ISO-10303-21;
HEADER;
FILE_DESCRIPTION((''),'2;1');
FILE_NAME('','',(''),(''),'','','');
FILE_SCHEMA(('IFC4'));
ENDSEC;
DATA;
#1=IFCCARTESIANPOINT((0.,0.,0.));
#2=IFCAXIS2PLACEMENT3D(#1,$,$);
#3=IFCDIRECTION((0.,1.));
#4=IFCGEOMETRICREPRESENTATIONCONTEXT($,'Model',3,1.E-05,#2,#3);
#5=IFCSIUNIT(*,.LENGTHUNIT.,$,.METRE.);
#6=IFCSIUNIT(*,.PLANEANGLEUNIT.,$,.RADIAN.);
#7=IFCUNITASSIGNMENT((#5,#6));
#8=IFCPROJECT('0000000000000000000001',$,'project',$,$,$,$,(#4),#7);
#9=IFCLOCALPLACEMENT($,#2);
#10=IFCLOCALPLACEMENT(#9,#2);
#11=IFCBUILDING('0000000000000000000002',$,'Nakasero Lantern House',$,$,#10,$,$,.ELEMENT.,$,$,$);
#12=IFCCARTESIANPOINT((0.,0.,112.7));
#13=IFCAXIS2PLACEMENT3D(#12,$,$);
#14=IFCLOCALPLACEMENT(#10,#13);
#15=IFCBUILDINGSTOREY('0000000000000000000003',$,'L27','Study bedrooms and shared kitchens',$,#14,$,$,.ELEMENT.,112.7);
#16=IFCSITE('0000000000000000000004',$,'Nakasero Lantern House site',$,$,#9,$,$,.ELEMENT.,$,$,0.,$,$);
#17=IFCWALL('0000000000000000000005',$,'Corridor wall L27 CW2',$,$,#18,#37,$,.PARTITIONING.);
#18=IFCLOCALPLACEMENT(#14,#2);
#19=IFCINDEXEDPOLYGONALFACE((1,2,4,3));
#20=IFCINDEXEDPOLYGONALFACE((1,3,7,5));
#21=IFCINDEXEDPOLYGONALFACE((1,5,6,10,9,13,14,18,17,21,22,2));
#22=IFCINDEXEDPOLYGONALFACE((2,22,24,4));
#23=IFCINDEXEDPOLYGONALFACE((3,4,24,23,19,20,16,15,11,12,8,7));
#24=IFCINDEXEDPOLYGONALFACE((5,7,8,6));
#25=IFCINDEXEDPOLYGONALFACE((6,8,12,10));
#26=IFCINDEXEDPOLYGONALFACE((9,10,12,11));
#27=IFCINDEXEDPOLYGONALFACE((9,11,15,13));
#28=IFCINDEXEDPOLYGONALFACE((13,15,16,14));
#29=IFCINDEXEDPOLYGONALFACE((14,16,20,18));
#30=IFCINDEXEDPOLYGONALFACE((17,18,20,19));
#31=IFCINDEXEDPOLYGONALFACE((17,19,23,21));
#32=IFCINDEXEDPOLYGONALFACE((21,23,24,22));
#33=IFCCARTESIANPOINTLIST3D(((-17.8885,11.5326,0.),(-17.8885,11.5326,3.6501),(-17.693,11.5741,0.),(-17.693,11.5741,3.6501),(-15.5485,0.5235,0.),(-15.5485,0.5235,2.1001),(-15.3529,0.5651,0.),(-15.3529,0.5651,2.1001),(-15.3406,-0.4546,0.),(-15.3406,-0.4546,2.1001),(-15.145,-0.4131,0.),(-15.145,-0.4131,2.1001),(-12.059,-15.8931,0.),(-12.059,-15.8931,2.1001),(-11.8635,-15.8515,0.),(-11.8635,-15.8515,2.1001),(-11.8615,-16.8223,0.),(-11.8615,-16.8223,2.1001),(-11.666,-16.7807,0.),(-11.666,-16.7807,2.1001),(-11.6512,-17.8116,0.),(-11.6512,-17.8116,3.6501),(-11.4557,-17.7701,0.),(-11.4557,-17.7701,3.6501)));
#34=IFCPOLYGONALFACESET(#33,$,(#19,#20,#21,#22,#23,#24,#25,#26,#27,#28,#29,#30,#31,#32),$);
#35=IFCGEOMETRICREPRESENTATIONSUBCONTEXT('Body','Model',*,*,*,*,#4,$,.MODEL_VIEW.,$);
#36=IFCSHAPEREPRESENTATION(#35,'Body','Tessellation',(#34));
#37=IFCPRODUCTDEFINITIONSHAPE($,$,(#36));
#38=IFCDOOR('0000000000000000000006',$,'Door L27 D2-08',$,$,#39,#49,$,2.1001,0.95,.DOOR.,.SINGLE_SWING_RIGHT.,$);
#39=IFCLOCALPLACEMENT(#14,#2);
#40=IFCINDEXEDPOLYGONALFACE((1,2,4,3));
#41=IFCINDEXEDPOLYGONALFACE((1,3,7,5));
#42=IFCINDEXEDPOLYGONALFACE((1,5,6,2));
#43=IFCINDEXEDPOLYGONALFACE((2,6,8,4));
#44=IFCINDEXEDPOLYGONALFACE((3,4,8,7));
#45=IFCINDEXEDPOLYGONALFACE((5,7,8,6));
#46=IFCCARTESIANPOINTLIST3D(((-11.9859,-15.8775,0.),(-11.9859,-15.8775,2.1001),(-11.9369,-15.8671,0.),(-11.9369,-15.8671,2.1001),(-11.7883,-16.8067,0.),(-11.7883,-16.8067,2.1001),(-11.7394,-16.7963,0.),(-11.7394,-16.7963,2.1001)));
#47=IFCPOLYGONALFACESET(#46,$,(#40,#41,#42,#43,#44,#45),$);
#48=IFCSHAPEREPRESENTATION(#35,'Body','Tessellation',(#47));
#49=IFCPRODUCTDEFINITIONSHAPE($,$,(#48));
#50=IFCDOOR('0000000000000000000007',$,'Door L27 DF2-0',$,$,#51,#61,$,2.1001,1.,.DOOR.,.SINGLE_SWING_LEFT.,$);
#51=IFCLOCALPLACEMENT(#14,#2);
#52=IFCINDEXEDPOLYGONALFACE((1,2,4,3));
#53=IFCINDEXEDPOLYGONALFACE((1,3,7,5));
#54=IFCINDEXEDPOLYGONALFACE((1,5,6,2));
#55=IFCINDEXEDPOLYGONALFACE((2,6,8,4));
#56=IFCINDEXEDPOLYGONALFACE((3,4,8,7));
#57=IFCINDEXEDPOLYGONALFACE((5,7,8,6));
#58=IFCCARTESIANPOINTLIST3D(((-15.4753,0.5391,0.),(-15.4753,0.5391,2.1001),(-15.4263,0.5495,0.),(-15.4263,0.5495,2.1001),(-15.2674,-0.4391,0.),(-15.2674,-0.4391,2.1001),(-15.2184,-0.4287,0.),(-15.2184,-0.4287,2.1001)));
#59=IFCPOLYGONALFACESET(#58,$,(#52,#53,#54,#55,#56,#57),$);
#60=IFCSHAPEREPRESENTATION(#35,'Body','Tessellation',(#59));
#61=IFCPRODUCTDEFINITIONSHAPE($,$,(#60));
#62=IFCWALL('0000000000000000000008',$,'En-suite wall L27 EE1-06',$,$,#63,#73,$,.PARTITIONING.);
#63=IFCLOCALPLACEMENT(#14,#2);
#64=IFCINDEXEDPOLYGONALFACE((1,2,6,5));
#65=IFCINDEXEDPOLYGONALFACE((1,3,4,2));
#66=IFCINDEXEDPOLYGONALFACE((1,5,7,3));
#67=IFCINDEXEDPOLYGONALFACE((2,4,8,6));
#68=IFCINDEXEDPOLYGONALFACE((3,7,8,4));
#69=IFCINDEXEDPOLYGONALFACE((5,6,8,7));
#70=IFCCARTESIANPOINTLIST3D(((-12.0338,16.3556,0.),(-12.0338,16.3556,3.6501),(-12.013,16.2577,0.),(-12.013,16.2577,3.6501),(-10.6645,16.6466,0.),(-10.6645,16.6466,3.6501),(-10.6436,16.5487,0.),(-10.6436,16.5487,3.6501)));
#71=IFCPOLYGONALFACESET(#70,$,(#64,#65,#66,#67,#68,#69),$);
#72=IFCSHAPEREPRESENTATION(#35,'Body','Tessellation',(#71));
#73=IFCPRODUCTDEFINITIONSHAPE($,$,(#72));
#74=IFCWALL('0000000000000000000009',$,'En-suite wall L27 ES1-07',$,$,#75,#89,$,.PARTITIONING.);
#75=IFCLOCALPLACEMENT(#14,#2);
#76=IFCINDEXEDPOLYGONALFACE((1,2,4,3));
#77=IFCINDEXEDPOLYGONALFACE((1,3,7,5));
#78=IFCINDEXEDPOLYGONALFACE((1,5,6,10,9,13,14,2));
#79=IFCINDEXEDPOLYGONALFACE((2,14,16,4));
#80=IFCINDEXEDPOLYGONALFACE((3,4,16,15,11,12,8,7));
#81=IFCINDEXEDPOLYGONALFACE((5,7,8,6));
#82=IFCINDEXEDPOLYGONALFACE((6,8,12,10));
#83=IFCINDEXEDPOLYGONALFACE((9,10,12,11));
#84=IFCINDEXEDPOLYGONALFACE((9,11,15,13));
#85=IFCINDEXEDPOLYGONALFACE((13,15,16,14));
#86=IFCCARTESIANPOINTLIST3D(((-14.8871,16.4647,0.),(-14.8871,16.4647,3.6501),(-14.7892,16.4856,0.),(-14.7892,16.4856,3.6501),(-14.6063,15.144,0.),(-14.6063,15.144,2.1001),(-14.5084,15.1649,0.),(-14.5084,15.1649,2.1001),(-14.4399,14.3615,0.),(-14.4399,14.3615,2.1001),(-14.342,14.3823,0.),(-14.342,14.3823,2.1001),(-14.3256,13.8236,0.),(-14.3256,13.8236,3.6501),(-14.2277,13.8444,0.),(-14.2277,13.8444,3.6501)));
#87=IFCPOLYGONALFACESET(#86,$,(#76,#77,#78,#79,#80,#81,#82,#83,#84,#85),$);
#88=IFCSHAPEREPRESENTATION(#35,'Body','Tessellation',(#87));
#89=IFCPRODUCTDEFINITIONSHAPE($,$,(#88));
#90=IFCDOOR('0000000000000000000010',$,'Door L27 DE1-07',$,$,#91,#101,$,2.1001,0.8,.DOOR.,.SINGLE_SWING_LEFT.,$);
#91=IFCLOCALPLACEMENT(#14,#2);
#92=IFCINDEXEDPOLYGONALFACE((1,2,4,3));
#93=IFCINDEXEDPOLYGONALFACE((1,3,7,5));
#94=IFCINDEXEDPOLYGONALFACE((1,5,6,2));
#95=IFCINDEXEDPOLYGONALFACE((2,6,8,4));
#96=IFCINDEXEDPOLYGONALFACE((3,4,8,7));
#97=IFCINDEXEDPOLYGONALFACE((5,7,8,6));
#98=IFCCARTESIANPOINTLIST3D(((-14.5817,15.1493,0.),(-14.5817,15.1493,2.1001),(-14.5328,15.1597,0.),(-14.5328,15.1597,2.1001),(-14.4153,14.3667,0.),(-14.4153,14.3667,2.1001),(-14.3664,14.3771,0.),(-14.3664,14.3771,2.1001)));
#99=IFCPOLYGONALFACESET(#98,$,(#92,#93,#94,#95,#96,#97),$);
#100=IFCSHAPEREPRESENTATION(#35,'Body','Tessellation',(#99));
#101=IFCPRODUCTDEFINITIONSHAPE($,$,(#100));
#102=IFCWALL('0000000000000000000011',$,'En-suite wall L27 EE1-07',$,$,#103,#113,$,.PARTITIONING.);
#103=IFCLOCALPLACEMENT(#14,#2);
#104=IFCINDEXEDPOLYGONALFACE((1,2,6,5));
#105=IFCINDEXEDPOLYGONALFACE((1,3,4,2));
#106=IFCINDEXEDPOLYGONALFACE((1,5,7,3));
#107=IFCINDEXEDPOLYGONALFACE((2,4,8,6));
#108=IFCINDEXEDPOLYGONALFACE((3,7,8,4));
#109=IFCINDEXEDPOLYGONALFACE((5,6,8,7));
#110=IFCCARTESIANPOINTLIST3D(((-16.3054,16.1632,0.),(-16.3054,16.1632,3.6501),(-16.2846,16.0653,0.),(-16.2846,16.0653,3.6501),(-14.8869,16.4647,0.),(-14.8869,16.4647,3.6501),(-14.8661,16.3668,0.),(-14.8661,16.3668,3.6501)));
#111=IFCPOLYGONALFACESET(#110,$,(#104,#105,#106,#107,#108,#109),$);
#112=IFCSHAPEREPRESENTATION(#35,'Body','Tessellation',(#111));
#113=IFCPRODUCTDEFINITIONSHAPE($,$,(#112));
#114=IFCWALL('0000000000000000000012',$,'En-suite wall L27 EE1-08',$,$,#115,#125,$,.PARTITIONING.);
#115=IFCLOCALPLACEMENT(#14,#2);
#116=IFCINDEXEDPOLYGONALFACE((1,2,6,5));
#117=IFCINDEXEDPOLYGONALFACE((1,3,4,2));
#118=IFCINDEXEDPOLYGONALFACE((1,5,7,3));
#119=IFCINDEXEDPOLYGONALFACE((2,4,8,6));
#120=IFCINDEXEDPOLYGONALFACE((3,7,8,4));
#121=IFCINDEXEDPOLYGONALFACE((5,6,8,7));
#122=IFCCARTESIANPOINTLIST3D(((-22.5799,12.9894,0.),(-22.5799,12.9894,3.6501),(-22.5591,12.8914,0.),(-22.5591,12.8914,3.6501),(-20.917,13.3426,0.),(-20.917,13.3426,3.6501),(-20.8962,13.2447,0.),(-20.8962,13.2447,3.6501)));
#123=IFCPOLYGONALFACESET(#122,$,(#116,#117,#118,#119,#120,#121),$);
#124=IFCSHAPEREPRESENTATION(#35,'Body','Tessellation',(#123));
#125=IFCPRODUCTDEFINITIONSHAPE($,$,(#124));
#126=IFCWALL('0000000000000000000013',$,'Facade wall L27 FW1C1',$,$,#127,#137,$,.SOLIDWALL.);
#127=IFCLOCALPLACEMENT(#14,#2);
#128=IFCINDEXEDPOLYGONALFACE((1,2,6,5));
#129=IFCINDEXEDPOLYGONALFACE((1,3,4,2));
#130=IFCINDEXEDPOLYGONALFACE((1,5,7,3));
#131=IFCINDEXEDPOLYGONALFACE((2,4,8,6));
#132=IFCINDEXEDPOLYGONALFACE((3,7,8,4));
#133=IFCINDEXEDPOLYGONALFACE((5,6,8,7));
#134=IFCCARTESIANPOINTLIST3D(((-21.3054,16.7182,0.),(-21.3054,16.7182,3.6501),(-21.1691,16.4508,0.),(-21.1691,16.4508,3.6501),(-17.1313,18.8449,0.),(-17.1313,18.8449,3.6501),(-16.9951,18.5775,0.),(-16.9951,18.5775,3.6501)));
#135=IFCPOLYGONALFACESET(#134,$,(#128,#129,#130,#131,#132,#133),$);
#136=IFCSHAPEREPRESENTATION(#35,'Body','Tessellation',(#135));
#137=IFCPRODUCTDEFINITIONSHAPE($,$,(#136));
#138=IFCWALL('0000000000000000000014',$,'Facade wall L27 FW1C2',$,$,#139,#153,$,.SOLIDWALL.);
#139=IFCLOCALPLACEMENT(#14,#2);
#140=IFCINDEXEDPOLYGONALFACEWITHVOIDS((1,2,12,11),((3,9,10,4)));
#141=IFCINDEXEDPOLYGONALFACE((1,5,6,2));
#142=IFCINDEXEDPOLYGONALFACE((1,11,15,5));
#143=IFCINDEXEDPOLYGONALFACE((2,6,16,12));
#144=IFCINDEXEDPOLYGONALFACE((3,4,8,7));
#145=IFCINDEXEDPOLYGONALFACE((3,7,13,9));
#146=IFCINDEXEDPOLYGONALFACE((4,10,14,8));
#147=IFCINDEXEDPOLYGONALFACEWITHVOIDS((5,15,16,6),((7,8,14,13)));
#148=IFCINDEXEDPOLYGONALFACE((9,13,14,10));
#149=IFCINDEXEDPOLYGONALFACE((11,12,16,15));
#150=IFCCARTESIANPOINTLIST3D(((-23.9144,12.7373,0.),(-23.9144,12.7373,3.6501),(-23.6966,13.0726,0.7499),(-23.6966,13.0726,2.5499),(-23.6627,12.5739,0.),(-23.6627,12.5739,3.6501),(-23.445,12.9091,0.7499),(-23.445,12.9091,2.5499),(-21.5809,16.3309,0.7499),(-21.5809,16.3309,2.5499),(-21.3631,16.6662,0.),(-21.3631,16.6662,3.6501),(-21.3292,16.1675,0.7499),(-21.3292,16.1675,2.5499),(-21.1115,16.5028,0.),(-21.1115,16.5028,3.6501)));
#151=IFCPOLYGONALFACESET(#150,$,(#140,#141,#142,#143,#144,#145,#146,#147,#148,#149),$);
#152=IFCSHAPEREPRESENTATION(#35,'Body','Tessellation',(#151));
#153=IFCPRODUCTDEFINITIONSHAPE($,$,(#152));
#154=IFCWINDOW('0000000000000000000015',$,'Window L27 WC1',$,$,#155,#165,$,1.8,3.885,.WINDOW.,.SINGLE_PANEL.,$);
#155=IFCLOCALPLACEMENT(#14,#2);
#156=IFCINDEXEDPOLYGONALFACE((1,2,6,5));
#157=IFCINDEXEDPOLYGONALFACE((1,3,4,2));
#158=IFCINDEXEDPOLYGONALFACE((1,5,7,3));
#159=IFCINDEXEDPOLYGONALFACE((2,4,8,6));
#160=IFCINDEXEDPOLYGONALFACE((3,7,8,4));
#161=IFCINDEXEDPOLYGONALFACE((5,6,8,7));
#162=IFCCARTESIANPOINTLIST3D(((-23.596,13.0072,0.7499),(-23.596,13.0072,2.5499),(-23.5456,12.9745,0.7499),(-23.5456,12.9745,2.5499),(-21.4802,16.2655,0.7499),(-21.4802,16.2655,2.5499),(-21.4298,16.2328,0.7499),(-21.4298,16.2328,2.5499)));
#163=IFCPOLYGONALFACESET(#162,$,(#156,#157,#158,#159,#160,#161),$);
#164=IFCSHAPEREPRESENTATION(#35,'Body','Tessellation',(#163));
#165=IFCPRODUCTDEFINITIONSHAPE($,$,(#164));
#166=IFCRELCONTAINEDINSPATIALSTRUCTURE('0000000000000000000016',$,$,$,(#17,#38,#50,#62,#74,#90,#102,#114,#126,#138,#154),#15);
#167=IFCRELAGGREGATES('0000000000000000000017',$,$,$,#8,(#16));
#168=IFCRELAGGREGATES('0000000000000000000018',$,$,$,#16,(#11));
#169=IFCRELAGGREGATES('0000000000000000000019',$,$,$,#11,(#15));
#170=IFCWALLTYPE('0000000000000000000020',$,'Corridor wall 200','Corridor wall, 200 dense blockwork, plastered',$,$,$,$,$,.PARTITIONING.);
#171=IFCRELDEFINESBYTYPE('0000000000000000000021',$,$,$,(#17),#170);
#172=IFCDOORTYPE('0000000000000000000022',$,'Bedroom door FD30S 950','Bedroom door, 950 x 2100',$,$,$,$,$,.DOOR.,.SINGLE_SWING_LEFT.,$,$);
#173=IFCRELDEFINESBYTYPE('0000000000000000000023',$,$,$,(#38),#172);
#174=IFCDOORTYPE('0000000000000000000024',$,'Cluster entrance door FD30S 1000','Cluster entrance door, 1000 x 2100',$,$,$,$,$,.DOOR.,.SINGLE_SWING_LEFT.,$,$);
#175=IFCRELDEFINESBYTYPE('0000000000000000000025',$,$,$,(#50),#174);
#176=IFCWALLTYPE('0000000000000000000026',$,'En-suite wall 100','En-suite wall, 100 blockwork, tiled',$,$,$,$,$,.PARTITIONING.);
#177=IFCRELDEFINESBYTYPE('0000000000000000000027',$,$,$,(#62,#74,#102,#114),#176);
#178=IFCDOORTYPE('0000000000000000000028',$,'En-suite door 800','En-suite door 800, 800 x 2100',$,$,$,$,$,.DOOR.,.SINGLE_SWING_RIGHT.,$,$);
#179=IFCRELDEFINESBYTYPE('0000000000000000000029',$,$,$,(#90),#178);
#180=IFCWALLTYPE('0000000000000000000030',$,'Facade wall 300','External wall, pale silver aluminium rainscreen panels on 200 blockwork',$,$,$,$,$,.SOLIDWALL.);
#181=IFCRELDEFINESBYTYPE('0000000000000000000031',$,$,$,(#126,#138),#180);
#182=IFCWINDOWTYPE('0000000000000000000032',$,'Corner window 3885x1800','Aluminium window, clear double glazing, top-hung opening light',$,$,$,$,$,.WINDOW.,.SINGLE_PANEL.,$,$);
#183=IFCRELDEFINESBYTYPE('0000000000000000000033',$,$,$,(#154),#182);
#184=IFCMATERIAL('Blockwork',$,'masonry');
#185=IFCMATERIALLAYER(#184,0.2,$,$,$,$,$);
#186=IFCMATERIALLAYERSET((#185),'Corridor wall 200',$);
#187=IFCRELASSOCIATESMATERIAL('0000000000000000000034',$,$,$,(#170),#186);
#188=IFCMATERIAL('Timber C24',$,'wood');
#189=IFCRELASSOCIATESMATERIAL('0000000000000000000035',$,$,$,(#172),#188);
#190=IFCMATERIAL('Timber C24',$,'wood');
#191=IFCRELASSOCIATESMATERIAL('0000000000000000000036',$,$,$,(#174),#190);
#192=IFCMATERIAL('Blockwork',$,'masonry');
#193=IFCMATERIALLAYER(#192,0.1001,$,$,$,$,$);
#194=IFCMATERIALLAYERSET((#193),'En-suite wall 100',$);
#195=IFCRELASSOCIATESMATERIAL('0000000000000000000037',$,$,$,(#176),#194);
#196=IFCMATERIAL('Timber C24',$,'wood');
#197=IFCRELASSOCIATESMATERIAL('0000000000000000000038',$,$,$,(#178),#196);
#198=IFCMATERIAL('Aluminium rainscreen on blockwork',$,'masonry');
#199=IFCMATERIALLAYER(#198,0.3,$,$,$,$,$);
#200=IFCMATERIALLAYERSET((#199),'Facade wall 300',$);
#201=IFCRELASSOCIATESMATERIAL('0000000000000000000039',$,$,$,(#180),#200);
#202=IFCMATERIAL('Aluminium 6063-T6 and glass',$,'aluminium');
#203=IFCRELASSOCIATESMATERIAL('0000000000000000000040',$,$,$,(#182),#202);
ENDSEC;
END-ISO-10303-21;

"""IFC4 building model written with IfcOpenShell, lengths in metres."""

from ifc_helpers import new_model, si_unit, direction, frame, frame_2d, origin, place, context, subcontext, project, spatial, rectangle, extrude, material, layer, layer_set, type_object, element, fill, save


model = new_model("IFC4")

# Units and contexts
model_context = context("Model", 3, precision=1e-05, world=origin(), true_north=direction((0.0, 1.0)))
body_context = subcontext(model_context, "Body", "Model", "MODEL_VIEW")
ifc_project = project(units=[si_unit("LENGTHUNIT", "METRE"), si_unit("PLANEANGLEUNIT", "RADIAN")], contexts=[model_context])

# Site, building, storey
site_placement = place(None, origin())
site = spatial("IfcSite", under=ifc_project, at=site_placement, Name="Nakasero Lantern House site", CompositionType="ELEMENT", RefElevation=0.0)
building_placement = place(site_placement, origin())
building = spatial("IfcBuilding", under=site, at=building_placement, Name="Nakasero Lantern House", CompositionType="ELEMENT")
storey_placement = place(building_placement, frame((0.0, 0.0, 112.7)))
storey = spatial("IfcBuildingStorey", under=building, at=storey_placement, Name="L27", Description="Study bedrooms and shared kitchens", CompositionType="ELEMENT", Elevation=112.7)

# Wall, openings, doors
ifc_material_1 = material(Name="Blockwork", Category="masonry")
ifc_layer_1 = layer(ifc_material_1, 0.2)
ifc_layer_set_1 = layer_set([ifc_layer_1], Name="Corridor wall 200")
wall_type_1 = type_object("IfcWallType", Name="Corridor wall 200", Description="Corridor wall, 200 dense blockwork, plastered", PredefinedType="PARTITIONING", material=ifc_layer_set_1)
wall_1_placement = place(storey_placement, frame((-17.7908, 11.5535, 0.0), z_axis=(0.0, 0.0, 1.0), x_axis=(0.207912, -0.978148, 0.0)))
wall_1 = element("IfcWall", 1, at=wall_1_placement, inside=storey, type_object=wall_type_1, Name="Corridor wall L27 CW2", PredefinedType="PARTITIONING", context=body_context, shape_type="SweptSolid", body=[
    extrude(rectangle(XDim=29.9998, YDim=0.2, at=frame_2d((15.0, 0.0))), origin(), (0.0, 0.0, 1.0), 3.6501),
])
opening_1_placement = place(wall_1_placement, frame((11.2551, 0.0, 0.0)))
opening_1 = element("IfcOpeningElement", 2, at=opening_1_placement, cuts=wall_1, PredefinedType="OPENING", context=body_context, shape_type="SweptSolid", body=[
    extrude(rectangle(XDim=1.0, YDim=2.1001, at=frame_2d((0.5, 1.05))), frame((0.0, 0.1199, 0.0), z_axis=(0.0, -1.0, 0.0), x_axis=(1.0, 0.0, 0.0)), (0.0, 0.0, 1.0), 0.24),
])
opening_2_placement = place(wall_1_placement, frame((28.0383, 0.0, 0.0)))
opening_2 = element("IfcOpeningElement", 3, at=opening_2_placement, cuts=wall_1, PredefinedType="OPENING", context=body_context, shape_type="SweptSolid", body=[
    extrude(rectangle(XDim=0.95, YDim=2.1001, at=frame_2d((0.4751, 1.05))), frame((0.0, 0.1199, 0.0), z_axis=(0.0, -1.0, 0.0), x_axis=(1.0, 0.0, 0.0)), (0.0, 0.0, 1.0), 0.24),
])
ifc_material_2 = material(Name="Timber C24", Category="wood")
door_type_1 = type_object("IfcDoorType", Name="Bedroom door FD30S 950", Description="Bedroom door, 950 x 2100", OperationType="SINGLE_SWING_LEFT", PredefinedType="DOOR", material=ifc_material_2)
door_1_placement = place(opening_2_placement, origin())
door_1 = element("IfcDoor", 4, at=door_1_placement, inside=storey, type_object=door_type_1, Name="Door L27 D2-08", OperationType="SINGLE_SWING_RIGHT", OverallHeight=2.1001, OverallWidth=0.95, PredefinedType="DOOR", context=body_context, shape_type="SweptSolid", body=[
    extrude(rectangle(XDim=0.95, YDim=2.1001, at=frame_2d((0.4751, 1.05))), frame((0.0, 0.0249, 0.0), z_axis=(0.0, -1.0, 0.0), x_axis=(1.0, 0.0, 0.0)), (0.0, 0.0, 1.0), 0.05),
])
fill(opening_2, door_1)
ifc_material_3 = material(Name="Timber C24", Category="wood")
door_type_2 = type_object("IfcDoorType", Name="Cluster entrance door FD30S 1000", Description="Cluster entrance door, 1000 x 2100", OperationType="SINGLE_SWING_LEFT", PredefinedType="DOOR", material=ifc_material_3)
door_2_placement = place(opening_1_placement, origin())
door_2 = element("IfcDoor", 5, at=door_2_placement, inside=storey, type_object=door_type_2, Name="Door L27 DF2-0", OperationType="SINGLE_SWING_LEFT", OverallHeight=2.1001, OverallWidth=1.0, PredefinedType="DOOR", context=body_context, shape_type="SweptSolid", body=[
    extrude(rectangle(XDim=1.0, YDim=2.1001, at=frame_2d((0.5, 1.05))), frame((0.0, 0.0249, 0.0), z_axis=(0.0, -1.0, 0.0), x_axis=(1.0, 0.0, 0.0)), (0.0, 0.0, 1.0), 0.05),
])
fill(opening_1, door_2)

# Wall
ifc_material_4 = material(Name="Blockwork", Category="masonry")
ifc_layer_2 = layer(ifc_material_4, 0.1001)
ifc_layer_set_2 = layer_set([ifc_layer_2], Name="En-suite wall 100")
wall_type_2 = type_object("IfcWallType", Name="En-suite wall 100", Description="En-suite wall, 100 blockwork, tiled", PredefinedType="PARTITIONING", material=ifc_layer_set_2)
wall_2_placement = place(storey_placement, frame((-10.6541, 16.5977, 0.0), z_axis=(0.0, 0.0, 1.0), x_axis=(-0.978156, -0.207873, 0.0)))
element("IfcWall", 6, at=wall_2_placement, inside=storey, type_object=wall_type_2, Name="En-suite wall L27 EE1-06", PredefinedType="PARTITIONING", context=body_context, shape_type="SweptSolid", body=[
    extrude(rectangle(XDim=1.3999, YDim=0.1001, at=frame_2d((0.7, 0.0))), origin(), (0.0, 0.0, 1.0), 3.6501),
])

# Wall, opening, door
wall_3_placement = place(storey_placement, frame((-14.2766, 13.834, 0.0), z_axis=(0.0, 0.0, 1.0), x_axis=(-0.20796, 0.978137, 0.0)))
wall_3 = element("IfcWall", 7, at=wall_3_placement, inside=storey, type_object=wall_type_2, Name="En-suite wall L27 ES1-07", PredefinedType="PARTITIONING", context=body_context, shape_type="SweptSolid", body=[
    extrude(rectangle(XDim=2.7002, YDim=0.1001, at=frame_2d((1.3501, 0.0))), origin(), (0.0, 0.0, 1.0), 3.6501),
])
opening_3_placement = place(wall_3_placement, frame((0.55, 0.0, 0.0)))
opening_3 = element("IfcOpeningElement", 8, at=opening_3_placement, cuts=wall_3, PredefinedType="OPENING", context=body_context, shape_type="SweptSolid", body=[
    extrude(rectangle(XDim=0.8, YDim=2.1001, at=frame_2d((0.3999, 1.05))), frame((0.0, 0.0701, 0.0), z_axis=(0.0, -1.0, 0.0), x_axis=(1.0, 0.0, 0.0)), (0.0, 0.0, 1.0), 0.1401),
])
ifc_material_5 = material(Name="Timber C24", Category="wood")
door_type_3 = type_object("IfcDoorType", Name="En-suite door 800", Description="En-suite door 800, 800 x 2100", OperationType="SINGLE_SWING_RIGHT", PredefinedType="DOOR", material=ifc_material_5)
door_3_placement = place(opening_3_placement, origin())
door_3 = element("IfcDoor", 9, at=door_3_placement, inside=storey, type_object=door_type_3, Name="Door L27 DE1-07", OperationType="SINGLE_SWING_LEFT", OverallHeight=2.1001, OverallWidth=0.8, PredefinedType="DOOR", context=body_context, shape_type="SweptSolid", body=[
    extrude(rectangle(XDim=0.8, YDim=2.1001, at=frame_2d((0.3999, 1.05))), frame((0.0, 0.0249, 0.0), z_axis=(0.0, -1.0, 0.0), x_axis=(1.0, 0.0, 0.0)), (0.0, 0.0, 1.0), 0.05),
])
fill(opening_3, door_3)

# Walls
wall_4_placement = place(storey_placement, frame((-14.8765, 16.4158, 0.0), z_axis=(0.0, 0.0, 1.0), x_axis=(-0.978146, -0.207919, 0.0)))
element("IfcWall", 10, at=wall_4_placement, inside=storey, type_object=wall_type_2, Name="En-suite wall L27 EE1-07", PredefinedType="PARTITIONING", context=body_context, shape_type="SweptSolid", body=[
    extrude(rectangle(XDim=1.4502, YDim=0.1001, at=frame_2d((0.7251, 0.0))), origin(), (0.0, 0.0, 1.0), 3.6501),
])
wall_5_placement = place(storey_placement, frame((-20.9065, 13.2937, 0.0), z_axis=(0.0, 0.0, 1.0), x_axis=(-0.978169, -0.207812, 0.0)))
element("IfcWall", 11, at=wall_5_placement, inside=storey, type_object=wall_type_2, Name="En-suite wall L27 EE1-08", PredefinedType="PARTITIONING", context=body_context, shape_type="SweptSolid", body=[
    extrude(rectangle(XDim=1.7, YDim=0.1001, at=frame_2d((0.8501, 0.0))), origin(), (0.0, 0.0, 1.0), 3.6501),
])
ifc_material_6 = material(Name="Aluminium rainscreen on blockwork", Category="masonry")
ifc_layer_3 = layer(ifc_material_6, 0.3)
ifc_layer_set_3 = layer_set([ifc_layer_3], Name="Facade wall 300")
wall_type_3 = type_object("IfcWallType", Name="Facade wall 300", Description="External wall, pale silver aluminium rainscreen panels on 200 blockwork", PredefinedType="SOLIDWALL", material=ifc_layer_set_3)
wall_6_placement = place(storey_placement, frame((-17.0632, 18.7112, 0.0), z_axis=(0.0, 0.0, 1.0), x_axis=(-0.891014, -0.453976, 0.0)))
element("IfcWall", 12, at=wall_6_placement, inside=storey, type_object=wall_type_3, Name="Facade wall L27 FW1C1", PredefinedType="SOLIDWALL", context=body_context, shape_type="SweptSolid", body=[
    extrude(rectangle(XDim=4.6846, YDim=0.3, at=frame_2d((2.3423, 0.0))), origin(), (0.0, 0.0, 1.0), 3.6501),
])

# Wall, opening, window
wall_7_placement = place(storey_placement, frame((-21.2373, 16.5845, 0.0), z_axis=(0.0, 0.0, 1.0), x_axis=(-0.544605, -0.838692, 0.0)))
wall_7 = element("IfcWall", 13, at=wall_7_placement, inside=storey, type_object=wall_type_3, Name="Facade wall L27 FW1C2", PredefinedType="SOLIDWALL", context=body_context, shape_type="SweptSolid", body=[
    extrude(rectangle(XDim=4.6846, YDim=0.3, at=frame_2d((2.3423, 0.0))), origin(), (0.0, 0.0, 1.0), 3.6501),
])
opening_4_placement = place(wall_7_placement, frame((0.3999, 0.0, 0.75)))
opening_4 = element("IfcOpeningElement", 14, at=opening_4_placement, cuts=wall_7, PredefinedType="OPENING", context=body_context, shape_type="SweptSolid", body=[
    extrude(rectangle(XDim=3.885, YDim=1.8, at=frame_2d((1.9424, 0.8999))), frame((0.0, 0.1699, 0.0), z_axis=(0.0, -1.0, 0.0), x_axis=(1.0, 0.0, 0.0)), (0.0, 0.0, 1.0), 0.3401),
])
ifc_material_7 = material(Name="Aluminium 6063-T6 and glass", Category="aluminium")
window_type_1 = type_object("IfcWindowType", Name="Corner window 3885x1800", Description="Aluminium window, clear double glazing, top-hung opening light", PartitioningType="SINGLE_PANEL", PredefinedType="WINDOW", material=ifc_material_7)
window_1_placement = place(opening_4_placement, origin())
window_1 = element("IfcWindow", 15, at=window_1_placement, inside=storey, type_object=window_type_1, Name="Window L27 WC1", OverallHeight=1.8, OverallWidth=3.885, PartitioningType="SINGLE_PANEL", PredefinedType="WINDOW", context=body_context, shape_type="SweptSolid", body=[
    extrude(rectangle(XDim=3.885, YDim=1.8, at=frame_2d((1.9424, 0.8999))), frame((0.0, 0.03, 0.0), z_axis=(0.0, -1.0, 0.0), x_axis=(1.0, 0.0, 0.0)), (0.0, 0.0, 1.0), 0.0601),
])
fill(opening_4, window_1)

save(model, "model.ifc")
